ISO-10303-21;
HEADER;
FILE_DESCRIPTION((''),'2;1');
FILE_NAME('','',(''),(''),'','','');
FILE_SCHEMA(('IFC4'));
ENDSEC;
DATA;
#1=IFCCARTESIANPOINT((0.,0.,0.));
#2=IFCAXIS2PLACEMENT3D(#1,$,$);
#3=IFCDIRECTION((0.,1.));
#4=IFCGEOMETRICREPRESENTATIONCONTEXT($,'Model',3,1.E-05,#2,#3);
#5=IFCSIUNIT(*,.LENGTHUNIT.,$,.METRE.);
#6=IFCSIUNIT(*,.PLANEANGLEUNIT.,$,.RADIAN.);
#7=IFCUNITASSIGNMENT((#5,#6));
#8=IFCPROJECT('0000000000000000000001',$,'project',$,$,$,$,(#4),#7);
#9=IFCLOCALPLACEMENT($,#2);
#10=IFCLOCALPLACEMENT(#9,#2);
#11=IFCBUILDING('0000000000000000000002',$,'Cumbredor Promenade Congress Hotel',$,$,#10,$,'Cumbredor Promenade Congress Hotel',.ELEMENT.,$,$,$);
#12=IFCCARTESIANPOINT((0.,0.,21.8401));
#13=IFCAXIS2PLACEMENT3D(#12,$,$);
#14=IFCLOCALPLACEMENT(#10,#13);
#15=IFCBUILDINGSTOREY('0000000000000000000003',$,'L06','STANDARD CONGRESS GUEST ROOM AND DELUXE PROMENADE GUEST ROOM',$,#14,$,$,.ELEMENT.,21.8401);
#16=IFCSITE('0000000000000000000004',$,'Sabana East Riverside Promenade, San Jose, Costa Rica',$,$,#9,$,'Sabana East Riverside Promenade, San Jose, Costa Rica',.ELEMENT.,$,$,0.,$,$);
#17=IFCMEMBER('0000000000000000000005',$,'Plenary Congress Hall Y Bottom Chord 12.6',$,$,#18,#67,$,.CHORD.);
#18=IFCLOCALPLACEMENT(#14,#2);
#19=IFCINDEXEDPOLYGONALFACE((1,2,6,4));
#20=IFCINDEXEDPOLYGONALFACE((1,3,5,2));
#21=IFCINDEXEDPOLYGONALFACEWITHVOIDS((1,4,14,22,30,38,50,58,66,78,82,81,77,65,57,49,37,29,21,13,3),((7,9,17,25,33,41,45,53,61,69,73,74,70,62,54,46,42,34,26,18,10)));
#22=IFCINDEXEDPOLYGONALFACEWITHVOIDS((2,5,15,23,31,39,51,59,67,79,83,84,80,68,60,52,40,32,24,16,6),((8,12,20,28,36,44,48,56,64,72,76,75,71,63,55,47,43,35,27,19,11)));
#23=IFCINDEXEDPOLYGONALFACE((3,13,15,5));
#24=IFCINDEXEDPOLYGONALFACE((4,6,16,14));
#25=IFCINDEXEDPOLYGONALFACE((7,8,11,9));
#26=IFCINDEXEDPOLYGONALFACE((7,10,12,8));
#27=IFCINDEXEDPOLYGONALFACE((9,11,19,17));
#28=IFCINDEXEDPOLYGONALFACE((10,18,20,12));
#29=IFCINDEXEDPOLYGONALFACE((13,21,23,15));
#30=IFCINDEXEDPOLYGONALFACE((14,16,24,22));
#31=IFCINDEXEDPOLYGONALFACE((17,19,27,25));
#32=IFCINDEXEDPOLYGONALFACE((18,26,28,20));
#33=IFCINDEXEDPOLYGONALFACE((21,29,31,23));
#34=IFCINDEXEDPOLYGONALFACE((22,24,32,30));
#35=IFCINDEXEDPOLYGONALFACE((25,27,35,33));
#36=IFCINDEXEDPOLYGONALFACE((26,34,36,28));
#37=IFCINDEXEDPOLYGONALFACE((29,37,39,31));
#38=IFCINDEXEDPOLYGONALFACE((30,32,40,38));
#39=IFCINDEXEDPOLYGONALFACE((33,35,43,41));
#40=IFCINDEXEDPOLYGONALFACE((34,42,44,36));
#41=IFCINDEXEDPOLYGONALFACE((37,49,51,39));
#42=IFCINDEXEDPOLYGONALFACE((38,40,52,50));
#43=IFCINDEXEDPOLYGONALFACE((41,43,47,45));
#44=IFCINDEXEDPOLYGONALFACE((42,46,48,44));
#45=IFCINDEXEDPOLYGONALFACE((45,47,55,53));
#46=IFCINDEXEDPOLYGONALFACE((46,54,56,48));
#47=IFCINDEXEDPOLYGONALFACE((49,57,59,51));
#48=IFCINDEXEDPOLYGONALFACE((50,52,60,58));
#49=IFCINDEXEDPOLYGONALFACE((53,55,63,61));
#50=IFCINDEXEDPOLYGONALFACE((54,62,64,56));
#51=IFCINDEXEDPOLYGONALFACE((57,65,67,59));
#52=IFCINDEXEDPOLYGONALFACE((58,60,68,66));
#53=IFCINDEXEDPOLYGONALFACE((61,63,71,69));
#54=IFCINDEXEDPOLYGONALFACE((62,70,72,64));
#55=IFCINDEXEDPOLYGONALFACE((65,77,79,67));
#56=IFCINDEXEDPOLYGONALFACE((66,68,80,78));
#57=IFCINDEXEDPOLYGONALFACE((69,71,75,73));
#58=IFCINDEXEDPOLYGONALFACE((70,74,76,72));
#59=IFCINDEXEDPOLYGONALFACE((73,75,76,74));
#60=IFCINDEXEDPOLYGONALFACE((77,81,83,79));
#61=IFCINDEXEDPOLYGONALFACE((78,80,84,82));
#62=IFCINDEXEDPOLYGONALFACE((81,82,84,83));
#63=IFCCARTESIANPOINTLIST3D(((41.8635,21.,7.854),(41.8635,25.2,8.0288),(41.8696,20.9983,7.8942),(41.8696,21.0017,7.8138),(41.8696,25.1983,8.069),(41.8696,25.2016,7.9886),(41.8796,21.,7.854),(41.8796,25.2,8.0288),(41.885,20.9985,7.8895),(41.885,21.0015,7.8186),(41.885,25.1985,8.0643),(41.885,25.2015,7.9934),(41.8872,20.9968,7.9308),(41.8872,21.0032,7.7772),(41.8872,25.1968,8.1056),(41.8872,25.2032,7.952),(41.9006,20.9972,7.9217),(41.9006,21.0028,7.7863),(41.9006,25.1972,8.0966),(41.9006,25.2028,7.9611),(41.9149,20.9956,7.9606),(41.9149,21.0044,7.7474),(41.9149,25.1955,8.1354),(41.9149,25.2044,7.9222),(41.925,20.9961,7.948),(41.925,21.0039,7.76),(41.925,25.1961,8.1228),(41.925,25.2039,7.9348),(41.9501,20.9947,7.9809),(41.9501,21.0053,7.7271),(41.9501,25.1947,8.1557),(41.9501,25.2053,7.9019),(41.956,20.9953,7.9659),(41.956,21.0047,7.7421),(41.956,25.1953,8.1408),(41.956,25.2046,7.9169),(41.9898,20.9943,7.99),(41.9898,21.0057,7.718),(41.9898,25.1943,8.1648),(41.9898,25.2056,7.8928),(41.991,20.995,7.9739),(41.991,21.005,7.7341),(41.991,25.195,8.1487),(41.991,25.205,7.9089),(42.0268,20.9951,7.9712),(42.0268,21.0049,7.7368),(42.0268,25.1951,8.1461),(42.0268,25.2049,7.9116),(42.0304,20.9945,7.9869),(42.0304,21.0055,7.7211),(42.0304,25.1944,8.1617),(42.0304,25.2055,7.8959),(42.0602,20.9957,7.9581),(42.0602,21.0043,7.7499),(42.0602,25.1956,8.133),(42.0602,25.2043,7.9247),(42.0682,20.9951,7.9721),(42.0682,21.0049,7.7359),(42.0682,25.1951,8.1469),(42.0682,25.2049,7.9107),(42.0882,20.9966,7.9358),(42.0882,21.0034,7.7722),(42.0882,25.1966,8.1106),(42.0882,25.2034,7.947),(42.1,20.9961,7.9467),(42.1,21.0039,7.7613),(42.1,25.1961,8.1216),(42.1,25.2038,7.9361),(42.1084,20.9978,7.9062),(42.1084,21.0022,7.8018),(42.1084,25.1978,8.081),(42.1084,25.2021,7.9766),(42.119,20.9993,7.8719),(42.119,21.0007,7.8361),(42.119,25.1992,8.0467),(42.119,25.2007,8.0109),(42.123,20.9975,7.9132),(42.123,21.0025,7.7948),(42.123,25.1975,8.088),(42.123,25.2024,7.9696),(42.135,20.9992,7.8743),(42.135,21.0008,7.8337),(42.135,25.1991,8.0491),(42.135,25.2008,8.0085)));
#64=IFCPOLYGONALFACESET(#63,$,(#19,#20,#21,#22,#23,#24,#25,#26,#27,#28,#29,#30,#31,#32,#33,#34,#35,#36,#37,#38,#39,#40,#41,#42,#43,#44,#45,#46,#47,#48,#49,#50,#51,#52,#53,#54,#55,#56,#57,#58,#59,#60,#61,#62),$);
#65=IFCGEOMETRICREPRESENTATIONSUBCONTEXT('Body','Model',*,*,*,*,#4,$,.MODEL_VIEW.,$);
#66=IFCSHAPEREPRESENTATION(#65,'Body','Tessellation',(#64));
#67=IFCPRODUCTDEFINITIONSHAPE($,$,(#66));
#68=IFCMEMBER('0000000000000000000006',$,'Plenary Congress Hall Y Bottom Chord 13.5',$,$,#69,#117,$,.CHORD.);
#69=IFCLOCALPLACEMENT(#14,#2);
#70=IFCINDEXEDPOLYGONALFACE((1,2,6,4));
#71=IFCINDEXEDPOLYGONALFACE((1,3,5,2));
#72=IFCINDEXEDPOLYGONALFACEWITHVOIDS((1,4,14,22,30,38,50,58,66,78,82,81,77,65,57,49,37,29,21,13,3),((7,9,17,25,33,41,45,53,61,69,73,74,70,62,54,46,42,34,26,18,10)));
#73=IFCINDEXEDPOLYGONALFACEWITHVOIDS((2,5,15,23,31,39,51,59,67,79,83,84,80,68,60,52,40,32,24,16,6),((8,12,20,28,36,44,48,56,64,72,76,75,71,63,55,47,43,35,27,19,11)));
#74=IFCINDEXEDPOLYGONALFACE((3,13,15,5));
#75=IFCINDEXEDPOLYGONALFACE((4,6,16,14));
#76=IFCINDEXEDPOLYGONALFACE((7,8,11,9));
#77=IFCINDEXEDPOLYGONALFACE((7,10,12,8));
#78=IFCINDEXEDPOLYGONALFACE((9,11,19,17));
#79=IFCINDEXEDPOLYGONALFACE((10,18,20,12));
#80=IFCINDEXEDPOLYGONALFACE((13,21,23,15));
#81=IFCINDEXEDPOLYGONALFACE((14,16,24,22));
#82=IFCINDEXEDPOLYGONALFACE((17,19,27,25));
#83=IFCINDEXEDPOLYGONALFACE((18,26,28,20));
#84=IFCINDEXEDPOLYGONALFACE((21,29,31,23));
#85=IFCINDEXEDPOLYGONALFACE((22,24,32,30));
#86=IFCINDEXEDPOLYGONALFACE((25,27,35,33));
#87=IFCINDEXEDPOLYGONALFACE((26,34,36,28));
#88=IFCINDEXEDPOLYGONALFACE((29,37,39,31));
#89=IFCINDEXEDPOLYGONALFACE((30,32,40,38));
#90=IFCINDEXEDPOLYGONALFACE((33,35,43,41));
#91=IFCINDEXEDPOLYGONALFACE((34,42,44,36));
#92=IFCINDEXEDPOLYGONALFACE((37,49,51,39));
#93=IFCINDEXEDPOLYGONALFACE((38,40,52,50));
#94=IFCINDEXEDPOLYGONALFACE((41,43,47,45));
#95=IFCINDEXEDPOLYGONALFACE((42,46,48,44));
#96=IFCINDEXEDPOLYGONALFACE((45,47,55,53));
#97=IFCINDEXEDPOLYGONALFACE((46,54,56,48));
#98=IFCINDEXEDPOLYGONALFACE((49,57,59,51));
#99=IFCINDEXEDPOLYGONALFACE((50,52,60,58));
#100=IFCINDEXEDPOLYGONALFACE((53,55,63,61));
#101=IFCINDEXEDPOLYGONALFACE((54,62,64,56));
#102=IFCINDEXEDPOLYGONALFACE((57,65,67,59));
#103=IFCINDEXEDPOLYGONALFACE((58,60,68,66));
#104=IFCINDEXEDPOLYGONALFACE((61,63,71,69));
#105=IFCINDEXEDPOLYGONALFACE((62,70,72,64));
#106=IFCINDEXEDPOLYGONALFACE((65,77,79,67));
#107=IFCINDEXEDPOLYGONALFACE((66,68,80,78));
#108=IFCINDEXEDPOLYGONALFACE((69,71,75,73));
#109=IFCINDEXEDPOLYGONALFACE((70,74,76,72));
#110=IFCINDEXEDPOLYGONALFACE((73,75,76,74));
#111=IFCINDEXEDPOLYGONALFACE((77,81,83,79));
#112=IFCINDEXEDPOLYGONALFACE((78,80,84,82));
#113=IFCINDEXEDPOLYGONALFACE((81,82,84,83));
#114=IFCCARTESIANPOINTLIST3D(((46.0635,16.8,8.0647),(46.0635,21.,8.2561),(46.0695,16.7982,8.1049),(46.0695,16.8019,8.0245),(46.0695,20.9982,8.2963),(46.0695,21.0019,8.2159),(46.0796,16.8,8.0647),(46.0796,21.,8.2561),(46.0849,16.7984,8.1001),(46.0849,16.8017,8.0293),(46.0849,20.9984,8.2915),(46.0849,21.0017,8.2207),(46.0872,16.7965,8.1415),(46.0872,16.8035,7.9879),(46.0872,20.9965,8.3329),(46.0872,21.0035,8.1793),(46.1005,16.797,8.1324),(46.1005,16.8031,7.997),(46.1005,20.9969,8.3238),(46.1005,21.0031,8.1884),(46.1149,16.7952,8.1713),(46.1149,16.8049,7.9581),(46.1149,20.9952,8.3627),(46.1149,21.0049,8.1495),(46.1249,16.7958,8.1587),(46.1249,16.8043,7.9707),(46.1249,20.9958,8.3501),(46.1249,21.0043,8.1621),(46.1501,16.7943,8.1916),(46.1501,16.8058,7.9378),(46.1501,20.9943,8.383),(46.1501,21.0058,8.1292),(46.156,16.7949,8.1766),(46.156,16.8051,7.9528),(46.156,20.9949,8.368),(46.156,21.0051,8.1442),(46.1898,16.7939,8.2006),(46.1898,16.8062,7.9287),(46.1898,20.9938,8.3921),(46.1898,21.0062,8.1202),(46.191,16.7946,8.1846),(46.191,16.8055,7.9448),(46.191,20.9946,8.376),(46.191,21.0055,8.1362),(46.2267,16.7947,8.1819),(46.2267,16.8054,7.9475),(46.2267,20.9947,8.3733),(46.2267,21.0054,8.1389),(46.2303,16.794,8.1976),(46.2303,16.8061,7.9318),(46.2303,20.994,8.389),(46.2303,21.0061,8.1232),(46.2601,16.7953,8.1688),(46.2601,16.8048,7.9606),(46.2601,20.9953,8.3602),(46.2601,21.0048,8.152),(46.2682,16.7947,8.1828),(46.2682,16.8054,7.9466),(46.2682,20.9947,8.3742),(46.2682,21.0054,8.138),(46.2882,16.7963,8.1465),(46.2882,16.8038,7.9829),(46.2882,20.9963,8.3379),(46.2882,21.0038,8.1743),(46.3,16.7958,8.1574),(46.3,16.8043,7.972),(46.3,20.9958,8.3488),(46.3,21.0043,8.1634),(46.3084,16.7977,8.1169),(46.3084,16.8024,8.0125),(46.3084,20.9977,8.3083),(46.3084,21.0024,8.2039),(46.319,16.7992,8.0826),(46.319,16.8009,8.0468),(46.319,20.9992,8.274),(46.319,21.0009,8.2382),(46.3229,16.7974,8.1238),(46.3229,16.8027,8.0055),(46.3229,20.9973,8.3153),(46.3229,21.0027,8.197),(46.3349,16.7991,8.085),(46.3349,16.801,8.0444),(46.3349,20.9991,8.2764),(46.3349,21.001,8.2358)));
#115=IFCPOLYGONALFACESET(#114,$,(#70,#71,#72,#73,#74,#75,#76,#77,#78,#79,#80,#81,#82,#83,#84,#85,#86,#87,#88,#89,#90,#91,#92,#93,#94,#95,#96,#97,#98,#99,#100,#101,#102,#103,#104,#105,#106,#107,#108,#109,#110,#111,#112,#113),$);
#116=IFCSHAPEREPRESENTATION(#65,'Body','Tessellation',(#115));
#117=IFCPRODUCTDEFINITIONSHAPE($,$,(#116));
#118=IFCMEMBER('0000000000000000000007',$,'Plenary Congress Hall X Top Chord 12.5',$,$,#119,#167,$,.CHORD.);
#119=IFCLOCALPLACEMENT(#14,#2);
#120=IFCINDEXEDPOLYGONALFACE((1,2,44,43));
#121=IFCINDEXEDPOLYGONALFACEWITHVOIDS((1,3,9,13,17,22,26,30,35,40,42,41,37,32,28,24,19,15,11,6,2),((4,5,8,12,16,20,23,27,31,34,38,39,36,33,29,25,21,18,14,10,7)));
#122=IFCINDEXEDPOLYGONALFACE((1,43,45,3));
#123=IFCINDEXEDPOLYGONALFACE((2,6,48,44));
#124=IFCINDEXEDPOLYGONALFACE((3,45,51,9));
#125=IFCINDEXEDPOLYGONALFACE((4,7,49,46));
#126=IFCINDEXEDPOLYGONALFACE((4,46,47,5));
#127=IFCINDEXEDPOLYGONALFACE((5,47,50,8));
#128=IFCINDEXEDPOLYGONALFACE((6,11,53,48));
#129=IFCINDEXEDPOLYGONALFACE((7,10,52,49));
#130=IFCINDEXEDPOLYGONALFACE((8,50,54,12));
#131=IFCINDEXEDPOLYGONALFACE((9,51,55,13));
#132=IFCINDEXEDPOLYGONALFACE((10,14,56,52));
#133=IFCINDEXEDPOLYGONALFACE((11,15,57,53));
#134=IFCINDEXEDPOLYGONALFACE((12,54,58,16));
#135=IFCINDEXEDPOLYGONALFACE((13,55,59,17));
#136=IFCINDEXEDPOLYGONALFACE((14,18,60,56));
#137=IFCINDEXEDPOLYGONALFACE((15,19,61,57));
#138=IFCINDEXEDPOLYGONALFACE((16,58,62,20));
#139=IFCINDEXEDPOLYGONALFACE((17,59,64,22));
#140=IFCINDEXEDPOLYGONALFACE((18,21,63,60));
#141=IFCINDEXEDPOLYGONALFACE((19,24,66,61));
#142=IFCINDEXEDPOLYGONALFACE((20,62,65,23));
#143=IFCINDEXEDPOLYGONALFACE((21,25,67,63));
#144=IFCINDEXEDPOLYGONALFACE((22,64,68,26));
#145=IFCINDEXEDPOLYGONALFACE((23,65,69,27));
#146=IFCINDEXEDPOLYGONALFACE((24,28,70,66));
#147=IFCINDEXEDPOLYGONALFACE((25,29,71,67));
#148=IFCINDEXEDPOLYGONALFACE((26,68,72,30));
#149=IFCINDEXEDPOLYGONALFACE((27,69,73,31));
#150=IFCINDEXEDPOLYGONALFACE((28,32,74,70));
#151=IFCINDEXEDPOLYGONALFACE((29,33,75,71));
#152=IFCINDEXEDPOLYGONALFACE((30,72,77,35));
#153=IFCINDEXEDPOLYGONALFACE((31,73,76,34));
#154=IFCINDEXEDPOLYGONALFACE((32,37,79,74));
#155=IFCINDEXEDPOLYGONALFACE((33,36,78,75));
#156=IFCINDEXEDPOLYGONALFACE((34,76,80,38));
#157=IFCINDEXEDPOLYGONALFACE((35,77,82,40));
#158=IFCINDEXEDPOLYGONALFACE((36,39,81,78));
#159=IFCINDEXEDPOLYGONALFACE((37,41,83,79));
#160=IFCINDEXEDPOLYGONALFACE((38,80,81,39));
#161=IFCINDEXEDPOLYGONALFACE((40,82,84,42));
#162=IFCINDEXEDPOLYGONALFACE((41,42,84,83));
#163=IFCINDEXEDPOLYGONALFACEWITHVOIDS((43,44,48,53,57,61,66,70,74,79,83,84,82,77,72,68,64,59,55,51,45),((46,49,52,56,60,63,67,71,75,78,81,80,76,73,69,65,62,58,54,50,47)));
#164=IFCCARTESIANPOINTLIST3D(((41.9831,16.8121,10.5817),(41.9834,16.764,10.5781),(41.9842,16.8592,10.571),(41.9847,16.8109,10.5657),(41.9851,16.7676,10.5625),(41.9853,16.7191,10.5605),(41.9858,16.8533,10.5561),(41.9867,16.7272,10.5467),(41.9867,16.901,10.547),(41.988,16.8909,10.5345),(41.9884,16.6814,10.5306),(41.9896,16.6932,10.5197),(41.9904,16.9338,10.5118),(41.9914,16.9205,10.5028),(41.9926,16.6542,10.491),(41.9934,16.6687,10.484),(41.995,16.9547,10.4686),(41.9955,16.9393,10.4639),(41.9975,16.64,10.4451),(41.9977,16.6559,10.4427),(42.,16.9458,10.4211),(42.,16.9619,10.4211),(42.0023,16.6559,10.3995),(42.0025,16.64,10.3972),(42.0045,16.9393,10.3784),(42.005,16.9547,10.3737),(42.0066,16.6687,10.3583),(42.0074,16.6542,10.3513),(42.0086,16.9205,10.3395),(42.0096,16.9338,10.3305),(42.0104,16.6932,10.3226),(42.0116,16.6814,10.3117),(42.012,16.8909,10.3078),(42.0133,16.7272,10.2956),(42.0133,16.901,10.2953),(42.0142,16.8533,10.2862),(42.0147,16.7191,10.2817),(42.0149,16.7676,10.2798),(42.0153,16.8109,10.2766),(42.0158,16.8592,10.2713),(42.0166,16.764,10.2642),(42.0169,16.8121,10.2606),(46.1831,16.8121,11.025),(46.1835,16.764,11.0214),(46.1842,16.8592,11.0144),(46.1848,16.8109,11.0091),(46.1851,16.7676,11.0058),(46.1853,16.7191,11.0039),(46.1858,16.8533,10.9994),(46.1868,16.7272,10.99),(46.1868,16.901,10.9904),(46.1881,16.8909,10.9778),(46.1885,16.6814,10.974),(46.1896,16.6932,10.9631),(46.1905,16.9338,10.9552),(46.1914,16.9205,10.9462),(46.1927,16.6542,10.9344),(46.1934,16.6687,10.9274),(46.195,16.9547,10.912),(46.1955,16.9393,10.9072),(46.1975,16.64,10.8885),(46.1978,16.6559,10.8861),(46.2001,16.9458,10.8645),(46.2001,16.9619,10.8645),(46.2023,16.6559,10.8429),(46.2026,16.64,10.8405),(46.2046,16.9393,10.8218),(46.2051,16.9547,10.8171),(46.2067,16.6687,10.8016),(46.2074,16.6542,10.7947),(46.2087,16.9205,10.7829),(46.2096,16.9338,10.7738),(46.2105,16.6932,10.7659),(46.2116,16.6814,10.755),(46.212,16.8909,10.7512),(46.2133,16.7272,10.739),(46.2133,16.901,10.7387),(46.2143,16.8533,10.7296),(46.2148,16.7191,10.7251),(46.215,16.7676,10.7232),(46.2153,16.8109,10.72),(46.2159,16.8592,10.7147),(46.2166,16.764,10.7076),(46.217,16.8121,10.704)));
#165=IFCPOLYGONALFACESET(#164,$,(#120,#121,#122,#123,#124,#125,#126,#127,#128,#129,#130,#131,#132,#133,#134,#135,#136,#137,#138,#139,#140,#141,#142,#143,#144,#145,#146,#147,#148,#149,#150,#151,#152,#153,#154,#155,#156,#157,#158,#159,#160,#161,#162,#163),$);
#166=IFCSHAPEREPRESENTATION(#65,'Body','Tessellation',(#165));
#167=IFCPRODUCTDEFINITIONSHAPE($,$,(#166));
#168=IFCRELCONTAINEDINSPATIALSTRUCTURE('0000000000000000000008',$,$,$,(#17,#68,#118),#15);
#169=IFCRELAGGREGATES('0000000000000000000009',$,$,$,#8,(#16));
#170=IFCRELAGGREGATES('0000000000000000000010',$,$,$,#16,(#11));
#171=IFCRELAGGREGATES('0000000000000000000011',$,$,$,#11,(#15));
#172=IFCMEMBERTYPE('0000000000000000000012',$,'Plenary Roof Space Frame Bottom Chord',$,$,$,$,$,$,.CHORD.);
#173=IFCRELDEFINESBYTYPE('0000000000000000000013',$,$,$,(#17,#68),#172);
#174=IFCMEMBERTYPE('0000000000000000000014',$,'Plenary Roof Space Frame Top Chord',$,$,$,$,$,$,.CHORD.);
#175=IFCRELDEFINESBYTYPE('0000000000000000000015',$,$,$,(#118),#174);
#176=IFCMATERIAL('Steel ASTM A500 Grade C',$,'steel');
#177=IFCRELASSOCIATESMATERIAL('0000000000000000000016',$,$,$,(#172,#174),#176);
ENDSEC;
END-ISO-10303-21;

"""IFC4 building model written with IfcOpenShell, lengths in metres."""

from ifc_helpers import new_model, si_unit, direction, frame, origin, origin_2d, place, context, subcontext, project, spatial, hollow_circle, extrude, material, material_profile, profile_set, type_object, element, save


model = new_model("IFC4")

# Units and contexts
model_context = context("Model", 3, precision=1e-05, world=origin(), true_north=direction((0.0, 1.0)))
body_context = subcontext(model_context, "Body", "Model", "MODEL_VIEW")
ifc_project = project(units=[si_unit("LENGTHUNIT", "METRE"), si_unit("PLANEANGLEUNIT", "RADIAN")], contexts=[model_context])

# Site, building, storey
site_placement = place(None, origin())
site = spatial("IfcSite", under=ifc_project, at=site_placement, Name="Sabana East Riverside Promenade, San Jose, Costa Rica", LongName="Sabana East Riverside Promenade, San Jose, Costa Rica", CompositionType="ELEMENT", RefElevation=0.0)
building_placement = place(site_placement, origin())
building = spatial("IfcBuilding", under=site, at=building_placement, Name="Cumbredor Promenade Congress Hotel", LongName="Cumbredor Promenade Congress Hotel", CompositionType="ELEMENT")
storey_placement = place(building_placement, frame((0.0, 0.0, 21.8401)))
storey = spatial("IfcBuildingStorey", under=building, at=storey_placement, Name="L06", Description="STANDARD CONGRESS GUEST ROOM AND DELUXE PROMENADE GUEST ROOM", CompositionType="ELEMENT", Elevation=21.8401)

# Members
ifc_material_1 = material(Name="Steel ASTM A500 Grade C", Category="steel")
ifc_material_profile_1 = material_profile(ifc_material_1, hollow_circle(Radius=0.1365, WallThickness=0.0161, at=origin_2d()), Name="CHS 273.0x16")
ifc_profile_set_1 = profile_set([ifc_material_profile_1], Name="Steel ASTM A500 Grade C")
member_type_1 = type_object("IfcMemberType", Name="Plenary Roof Space Frame Bottom Chord", PredefinedType="CHORD", material=ifc_profile_set_1)
member_1_placement = place(storey_placement, frame((42.0, 21.0, 7.854), z_axis=(0.0, 0.999135, 0.041585), x_axis=(-1.0, 0.0, 0.0)))
element("IfcMember", 1, at=member_1_placement, inside=storey, type_object=member_type_1, Name="Plenary Congress Hall Y Bottom Chord 12.6", PredefinedType="CHORD", context=body_context, shape_type="SweptSolid", body=[
    extrude(hollow_circle(Radius=0.1365, WallThickness=0.0161, at=origin_2d()), origin(), (0.0, 0.0, 1.0), 4.2036),
])
member_2_placement = place(storey_placement, frame((46.2, 16.8, 8.0647), z_axis=(0.0, 0.998963, 0.045526), x_axis=(-1.0, 0.0, 0.0)))
element("IfcMember", 2, at=member_2_placement, inside=storey, type_object=member_type_1, Name="Plenary Congress Hall Y Bottom Chord 13.5", PredefinedType="CHORD", context=body_context, shape_type="SweptSolid", body=[
    extrude(hollow_circle(Radius=0.1365, WallThickness=0.0161, at=origin_2d()), origin(), (0.0, 0.0, 1.0), 4.2043),
])
ifc_material_profile_2 = material_profile(ifc_material_1, hollow_circle(Radius=0.1619, WallThickness=0.0161, at=origin_2d()), Name="CHS 323.9x16")
ifc_profile_set_2 = profile_set([ifc_material_profile_2], Name="Steel ASTM A500 Grade C")
member_type_2 = type_object("IfcMemberType", Name="Plenary Roof Space Frame Top Chord", PredefinedType="CHORD", material=ifc_profile_set_2)
member_3_placement = place(storey_placement, frame((42.0, 16.8, 10.4211), z_axis=(0.994474, 0.0, 0.10498), x_axis=(0.0, 1.0, 0.0)))
element("IfcMember", 3, at=member_3_placement, inside=storey, type_object=member_type_2, Name="Plenary Congress Hall X Top Chord 12.5", PredefinedType="CHORD", context=body_context, shape_type="SweptSolid", body=[
    extrude(hollow_circle(Radius=0.1619, WallThickness=0.0161, at=origin_2d()), origin(), (0.0, 0.0, 1.0), 4.2234),
])

save(model, "model.ifc")
